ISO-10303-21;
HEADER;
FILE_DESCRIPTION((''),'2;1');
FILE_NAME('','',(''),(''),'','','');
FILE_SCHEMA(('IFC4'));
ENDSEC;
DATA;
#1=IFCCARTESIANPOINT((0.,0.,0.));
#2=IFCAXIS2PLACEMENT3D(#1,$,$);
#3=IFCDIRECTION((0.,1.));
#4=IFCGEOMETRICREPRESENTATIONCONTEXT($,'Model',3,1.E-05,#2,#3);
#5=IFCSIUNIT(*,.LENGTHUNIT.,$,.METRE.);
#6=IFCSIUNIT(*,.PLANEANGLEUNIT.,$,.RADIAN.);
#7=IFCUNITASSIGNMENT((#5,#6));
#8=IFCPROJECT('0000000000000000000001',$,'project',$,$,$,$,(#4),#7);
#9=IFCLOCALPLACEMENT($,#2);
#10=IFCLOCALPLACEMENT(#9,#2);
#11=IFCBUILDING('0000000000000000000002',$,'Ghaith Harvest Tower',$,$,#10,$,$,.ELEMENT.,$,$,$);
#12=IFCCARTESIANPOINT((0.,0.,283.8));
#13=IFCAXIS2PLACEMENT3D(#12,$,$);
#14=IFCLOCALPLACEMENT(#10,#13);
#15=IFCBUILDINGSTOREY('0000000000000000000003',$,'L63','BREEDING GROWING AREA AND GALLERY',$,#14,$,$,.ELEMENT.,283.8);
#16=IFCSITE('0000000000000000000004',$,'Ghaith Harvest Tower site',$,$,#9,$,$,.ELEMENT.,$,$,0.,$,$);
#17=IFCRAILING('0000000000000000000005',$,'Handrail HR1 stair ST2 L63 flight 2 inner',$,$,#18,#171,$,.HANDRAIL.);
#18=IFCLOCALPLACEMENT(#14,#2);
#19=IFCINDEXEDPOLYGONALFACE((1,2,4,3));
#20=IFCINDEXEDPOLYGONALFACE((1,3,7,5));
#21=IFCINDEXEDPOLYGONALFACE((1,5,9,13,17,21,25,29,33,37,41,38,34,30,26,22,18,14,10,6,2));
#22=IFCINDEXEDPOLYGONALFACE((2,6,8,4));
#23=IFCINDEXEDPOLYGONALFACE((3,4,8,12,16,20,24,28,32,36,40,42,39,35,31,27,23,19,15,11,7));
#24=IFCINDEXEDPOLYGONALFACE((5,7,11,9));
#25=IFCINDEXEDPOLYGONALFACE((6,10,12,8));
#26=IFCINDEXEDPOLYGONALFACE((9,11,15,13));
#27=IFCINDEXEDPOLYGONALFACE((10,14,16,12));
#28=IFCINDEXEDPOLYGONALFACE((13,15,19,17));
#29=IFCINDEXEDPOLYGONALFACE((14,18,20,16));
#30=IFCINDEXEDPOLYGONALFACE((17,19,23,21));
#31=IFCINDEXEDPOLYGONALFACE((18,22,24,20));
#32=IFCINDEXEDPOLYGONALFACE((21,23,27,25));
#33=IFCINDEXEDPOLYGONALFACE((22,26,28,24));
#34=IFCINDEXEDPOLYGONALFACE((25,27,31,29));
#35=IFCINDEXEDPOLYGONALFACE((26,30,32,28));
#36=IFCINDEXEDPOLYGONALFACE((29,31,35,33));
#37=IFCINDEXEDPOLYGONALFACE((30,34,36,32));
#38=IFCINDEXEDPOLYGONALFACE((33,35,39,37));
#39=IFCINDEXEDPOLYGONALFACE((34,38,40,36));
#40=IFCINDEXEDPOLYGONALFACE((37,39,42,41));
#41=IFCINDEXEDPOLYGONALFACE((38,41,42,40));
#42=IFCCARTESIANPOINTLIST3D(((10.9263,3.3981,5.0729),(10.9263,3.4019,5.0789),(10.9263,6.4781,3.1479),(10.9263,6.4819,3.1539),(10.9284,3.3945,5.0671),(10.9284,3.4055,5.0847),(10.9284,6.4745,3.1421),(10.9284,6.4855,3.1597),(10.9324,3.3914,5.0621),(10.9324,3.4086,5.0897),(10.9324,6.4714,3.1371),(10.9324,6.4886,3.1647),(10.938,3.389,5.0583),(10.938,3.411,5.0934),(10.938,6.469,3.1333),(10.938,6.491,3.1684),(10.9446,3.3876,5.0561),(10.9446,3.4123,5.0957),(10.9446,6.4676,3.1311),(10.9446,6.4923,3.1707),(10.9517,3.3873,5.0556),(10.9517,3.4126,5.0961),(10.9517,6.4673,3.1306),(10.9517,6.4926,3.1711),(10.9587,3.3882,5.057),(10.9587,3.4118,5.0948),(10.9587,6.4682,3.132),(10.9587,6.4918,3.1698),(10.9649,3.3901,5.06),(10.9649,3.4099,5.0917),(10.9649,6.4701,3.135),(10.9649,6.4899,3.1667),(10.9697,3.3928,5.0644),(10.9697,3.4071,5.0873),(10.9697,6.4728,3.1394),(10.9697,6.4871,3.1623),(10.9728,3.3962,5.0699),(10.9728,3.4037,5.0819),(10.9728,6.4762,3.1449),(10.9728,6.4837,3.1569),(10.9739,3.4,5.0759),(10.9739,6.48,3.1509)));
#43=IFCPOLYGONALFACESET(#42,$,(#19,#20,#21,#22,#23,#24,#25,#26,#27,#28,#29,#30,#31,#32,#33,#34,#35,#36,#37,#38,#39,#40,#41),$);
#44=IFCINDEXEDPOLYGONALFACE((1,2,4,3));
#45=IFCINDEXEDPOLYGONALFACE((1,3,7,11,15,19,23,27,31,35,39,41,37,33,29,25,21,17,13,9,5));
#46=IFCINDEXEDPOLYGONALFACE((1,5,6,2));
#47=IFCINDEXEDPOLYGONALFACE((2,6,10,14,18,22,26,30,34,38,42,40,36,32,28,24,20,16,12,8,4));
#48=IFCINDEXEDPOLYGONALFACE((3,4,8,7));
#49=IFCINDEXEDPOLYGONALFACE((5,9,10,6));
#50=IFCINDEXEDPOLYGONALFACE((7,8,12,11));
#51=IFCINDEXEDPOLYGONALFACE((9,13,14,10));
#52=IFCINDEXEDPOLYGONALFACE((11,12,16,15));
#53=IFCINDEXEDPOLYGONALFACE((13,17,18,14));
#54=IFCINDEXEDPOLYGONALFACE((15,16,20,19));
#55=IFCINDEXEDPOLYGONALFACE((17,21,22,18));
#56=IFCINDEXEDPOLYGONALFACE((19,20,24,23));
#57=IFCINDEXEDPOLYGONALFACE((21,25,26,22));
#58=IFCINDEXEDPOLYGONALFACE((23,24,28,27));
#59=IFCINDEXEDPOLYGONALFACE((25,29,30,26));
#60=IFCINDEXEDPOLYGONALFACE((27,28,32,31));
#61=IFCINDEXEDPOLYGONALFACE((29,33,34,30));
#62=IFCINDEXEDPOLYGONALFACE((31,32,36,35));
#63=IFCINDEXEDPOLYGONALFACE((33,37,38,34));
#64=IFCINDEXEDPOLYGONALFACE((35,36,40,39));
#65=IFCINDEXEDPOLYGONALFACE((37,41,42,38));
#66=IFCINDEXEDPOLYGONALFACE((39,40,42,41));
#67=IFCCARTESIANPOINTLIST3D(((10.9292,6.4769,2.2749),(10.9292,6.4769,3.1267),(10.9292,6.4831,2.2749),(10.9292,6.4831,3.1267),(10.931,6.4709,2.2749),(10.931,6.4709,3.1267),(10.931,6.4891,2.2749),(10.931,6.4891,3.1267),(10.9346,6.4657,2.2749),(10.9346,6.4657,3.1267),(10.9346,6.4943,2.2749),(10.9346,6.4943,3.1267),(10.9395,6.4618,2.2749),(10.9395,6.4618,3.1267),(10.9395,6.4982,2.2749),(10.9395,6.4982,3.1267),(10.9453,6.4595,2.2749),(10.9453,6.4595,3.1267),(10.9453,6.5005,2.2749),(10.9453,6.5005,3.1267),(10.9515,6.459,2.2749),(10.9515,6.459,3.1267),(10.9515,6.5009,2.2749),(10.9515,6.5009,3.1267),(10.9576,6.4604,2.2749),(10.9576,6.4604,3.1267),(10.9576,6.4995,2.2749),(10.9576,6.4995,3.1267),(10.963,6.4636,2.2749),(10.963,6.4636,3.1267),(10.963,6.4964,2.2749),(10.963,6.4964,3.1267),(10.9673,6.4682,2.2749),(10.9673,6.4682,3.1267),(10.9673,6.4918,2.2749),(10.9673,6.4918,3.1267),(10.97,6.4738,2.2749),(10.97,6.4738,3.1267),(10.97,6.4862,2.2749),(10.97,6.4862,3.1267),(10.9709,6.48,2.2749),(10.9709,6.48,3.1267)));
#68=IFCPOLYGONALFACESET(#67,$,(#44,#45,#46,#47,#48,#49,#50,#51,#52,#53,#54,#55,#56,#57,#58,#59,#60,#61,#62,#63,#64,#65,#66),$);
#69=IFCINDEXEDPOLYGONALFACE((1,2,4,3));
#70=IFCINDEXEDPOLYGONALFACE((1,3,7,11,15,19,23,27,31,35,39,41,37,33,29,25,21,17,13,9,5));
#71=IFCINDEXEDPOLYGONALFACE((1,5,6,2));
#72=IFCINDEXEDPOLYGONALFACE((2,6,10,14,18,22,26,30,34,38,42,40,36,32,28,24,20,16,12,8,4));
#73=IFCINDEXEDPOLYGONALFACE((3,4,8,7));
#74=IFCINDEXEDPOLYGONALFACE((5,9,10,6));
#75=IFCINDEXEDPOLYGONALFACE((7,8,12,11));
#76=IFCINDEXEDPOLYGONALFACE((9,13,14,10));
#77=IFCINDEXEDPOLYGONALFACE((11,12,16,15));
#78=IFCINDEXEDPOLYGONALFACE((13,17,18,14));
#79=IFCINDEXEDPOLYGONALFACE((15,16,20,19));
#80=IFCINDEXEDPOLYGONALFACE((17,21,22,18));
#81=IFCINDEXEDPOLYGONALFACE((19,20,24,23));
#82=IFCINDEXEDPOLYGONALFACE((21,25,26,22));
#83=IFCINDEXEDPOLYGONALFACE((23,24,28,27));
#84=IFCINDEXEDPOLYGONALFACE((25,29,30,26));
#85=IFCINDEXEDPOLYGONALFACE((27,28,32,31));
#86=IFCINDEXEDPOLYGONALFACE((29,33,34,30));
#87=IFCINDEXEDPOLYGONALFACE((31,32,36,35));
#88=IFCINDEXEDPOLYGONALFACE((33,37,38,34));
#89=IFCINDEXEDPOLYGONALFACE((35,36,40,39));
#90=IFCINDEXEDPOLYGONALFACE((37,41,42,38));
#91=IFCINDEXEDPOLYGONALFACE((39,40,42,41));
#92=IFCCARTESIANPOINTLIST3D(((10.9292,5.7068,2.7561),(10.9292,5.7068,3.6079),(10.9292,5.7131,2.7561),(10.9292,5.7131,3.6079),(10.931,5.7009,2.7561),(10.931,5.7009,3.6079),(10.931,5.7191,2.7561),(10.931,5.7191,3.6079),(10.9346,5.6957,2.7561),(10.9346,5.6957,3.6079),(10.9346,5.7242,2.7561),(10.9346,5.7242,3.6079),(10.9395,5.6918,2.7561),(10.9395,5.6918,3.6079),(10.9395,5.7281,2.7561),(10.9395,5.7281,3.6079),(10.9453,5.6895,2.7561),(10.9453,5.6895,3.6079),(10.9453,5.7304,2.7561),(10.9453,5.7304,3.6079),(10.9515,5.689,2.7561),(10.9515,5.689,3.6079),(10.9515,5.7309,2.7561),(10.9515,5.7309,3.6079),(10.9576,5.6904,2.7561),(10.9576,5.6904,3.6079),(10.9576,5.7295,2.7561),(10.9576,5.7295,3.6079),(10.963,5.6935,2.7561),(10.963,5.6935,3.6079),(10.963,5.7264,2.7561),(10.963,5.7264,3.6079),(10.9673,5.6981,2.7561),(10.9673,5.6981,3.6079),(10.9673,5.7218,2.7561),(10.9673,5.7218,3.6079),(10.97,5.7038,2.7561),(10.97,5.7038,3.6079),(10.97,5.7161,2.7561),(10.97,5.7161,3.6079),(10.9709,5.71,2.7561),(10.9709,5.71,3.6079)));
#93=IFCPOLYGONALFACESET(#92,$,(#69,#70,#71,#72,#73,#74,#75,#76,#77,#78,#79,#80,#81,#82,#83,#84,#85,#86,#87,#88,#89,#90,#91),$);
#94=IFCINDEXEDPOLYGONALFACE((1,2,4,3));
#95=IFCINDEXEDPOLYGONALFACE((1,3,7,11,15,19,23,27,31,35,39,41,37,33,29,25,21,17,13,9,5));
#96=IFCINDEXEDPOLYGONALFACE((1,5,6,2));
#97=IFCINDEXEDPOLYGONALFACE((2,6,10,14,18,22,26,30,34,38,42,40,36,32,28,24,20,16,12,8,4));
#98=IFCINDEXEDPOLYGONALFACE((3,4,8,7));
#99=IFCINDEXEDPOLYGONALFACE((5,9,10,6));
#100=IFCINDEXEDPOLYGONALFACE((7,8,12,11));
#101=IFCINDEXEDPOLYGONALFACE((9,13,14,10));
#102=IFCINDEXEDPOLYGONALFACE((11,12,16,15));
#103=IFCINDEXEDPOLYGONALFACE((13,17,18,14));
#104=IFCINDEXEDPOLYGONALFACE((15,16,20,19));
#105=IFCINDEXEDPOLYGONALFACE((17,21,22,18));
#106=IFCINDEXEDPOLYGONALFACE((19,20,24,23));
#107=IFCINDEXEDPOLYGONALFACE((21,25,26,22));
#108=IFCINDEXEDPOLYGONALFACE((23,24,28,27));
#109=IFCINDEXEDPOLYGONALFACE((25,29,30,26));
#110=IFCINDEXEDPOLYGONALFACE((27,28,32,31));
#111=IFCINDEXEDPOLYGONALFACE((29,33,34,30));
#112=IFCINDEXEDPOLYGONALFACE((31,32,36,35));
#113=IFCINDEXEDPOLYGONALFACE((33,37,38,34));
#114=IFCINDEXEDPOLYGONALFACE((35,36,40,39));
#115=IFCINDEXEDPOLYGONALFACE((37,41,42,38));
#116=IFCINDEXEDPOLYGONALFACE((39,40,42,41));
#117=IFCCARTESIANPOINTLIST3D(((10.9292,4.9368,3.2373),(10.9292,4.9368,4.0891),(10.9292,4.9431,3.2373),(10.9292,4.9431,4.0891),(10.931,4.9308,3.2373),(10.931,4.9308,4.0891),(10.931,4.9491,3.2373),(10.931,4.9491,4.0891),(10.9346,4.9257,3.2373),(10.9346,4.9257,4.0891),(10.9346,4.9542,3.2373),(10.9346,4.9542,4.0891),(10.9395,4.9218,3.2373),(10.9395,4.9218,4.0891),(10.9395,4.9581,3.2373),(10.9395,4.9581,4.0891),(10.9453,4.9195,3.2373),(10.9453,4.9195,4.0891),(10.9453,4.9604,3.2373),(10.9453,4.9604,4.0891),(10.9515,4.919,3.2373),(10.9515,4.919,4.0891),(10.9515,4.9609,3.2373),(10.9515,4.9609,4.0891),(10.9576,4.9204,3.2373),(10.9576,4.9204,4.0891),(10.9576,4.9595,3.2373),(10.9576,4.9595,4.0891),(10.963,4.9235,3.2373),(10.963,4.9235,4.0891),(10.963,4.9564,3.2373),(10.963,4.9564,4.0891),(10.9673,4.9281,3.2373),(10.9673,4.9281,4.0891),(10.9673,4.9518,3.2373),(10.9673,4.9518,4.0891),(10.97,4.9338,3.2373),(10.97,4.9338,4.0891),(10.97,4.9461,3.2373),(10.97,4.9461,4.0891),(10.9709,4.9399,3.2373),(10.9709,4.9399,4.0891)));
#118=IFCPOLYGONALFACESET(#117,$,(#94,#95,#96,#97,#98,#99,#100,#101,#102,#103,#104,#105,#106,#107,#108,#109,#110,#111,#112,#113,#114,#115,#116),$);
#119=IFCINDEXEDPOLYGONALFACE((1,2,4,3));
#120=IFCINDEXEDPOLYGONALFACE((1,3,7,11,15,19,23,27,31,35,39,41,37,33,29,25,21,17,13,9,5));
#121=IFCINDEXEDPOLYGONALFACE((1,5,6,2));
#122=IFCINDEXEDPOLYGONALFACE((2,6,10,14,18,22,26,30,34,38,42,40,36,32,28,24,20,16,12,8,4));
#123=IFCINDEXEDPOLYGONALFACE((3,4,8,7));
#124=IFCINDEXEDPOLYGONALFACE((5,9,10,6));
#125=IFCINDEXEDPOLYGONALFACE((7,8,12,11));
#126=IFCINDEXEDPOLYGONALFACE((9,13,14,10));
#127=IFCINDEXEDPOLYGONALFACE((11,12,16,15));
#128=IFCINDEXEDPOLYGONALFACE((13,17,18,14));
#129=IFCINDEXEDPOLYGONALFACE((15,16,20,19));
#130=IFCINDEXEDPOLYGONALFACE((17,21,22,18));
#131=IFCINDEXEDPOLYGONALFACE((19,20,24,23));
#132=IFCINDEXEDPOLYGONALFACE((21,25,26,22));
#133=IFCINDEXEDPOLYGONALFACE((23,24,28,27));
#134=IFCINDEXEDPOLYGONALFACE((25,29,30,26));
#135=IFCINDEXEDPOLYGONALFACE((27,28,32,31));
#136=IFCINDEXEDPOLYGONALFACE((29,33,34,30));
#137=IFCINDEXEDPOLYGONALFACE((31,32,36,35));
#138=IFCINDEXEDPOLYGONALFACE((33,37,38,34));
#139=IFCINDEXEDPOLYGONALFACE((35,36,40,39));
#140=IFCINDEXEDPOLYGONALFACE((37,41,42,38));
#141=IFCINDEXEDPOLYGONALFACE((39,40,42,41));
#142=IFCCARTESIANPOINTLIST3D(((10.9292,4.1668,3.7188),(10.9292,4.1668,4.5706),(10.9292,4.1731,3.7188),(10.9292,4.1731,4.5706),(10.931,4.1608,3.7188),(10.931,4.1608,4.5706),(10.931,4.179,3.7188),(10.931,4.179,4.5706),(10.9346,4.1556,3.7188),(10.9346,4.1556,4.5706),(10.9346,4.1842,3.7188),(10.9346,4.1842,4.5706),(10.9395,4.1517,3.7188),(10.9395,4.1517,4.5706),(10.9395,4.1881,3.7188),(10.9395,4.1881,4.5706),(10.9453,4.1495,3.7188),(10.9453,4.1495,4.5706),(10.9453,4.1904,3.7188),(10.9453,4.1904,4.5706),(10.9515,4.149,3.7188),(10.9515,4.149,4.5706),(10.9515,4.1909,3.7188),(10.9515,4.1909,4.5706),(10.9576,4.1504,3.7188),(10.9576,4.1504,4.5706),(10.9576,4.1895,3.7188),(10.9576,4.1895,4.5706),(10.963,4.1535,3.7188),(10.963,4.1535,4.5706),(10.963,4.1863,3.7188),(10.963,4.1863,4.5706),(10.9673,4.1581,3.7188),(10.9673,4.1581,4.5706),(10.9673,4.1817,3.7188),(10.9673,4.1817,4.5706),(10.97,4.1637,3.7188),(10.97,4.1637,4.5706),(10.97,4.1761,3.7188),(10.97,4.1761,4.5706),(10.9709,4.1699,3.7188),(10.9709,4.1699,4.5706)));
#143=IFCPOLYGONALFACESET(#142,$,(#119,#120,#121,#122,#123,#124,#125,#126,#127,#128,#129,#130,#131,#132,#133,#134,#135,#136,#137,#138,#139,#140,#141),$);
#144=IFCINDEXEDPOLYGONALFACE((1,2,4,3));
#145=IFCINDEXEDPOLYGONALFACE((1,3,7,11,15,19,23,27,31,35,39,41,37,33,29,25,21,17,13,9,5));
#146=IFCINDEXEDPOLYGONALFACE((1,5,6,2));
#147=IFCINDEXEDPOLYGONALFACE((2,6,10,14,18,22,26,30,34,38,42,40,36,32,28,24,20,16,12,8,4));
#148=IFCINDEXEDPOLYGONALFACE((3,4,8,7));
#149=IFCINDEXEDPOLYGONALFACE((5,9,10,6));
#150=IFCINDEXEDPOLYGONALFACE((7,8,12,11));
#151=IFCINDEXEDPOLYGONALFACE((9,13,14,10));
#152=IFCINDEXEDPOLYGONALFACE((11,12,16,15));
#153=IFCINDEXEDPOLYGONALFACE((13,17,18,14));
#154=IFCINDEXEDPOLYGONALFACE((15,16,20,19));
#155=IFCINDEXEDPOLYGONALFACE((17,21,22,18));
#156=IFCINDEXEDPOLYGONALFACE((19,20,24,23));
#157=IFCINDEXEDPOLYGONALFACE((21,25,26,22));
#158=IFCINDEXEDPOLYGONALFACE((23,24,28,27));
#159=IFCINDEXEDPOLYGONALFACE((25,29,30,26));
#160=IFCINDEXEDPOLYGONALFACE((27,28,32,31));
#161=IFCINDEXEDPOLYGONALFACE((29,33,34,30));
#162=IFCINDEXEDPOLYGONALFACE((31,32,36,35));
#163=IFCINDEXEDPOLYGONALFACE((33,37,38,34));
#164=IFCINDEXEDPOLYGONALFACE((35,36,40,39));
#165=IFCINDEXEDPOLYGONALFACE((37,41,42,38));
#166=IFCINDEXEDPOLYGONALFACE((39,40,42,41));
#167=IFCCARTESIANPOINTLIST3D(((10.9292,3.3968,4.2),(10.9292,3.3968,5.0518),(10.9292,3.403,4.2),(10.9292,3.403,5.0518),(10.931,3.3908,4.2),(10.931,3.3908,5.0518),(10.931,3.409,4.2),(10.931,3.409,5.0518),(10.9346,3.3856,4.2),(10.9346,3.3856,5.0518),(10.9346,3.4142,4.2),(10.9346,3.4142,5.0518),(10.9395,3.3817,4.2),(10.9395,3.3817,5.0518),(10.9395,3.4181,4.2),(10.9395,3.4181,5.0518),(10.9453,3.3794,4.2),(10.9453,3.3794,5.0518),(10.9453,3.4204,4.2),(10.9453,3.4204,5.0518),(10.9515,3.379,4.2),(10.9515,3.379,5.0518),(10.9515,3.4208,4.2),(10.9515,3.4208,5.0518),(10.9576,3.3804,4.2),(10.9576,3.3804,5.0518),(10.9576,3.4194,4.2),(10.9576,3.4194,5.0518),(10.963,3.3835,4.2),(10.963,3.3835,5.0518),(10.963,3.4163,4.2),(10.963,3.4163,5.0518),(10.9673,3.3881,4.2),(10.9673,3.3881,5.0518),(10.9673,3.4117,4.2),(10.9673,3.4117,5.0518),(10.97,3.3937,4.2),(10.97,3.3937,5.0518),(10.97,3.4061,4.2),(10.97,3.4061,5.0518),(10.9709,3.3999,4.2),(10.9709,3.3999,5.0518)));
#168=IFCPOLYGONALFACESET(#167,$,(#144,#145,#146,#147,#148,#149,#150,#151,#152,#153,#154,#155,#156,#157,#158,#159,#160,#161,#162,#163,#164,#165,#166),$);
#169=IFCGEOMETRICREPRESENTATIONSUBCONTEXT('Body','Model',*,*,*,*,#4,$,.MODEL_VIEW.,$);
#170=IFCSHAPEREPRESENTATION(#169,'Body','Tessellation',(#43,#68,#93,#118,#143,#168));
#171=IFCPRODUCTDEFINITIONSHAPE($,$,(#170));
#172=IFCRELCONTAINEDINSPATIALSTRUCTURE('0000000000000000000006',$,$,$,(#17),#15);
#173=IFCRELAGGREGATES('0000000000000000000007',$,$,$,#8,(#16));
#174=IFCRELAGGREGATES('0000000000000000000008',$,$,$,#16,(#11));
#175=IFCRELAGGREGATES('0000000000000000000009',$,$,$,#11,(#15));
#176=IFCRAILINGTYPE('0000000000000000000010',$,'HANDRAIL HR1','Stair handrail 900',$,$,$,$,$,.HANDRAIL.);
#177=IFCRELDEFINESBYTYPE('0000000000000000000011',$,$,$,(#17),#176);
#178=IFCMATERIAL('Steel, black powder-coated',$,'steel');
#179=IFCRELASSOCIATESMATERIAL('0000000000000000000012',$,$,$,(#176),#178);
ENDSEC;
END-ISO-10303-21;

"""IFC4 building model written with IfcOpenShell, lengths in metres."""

from ifc_helpers import new_model, si_unit, direction, frame, origin, origin_2d, place, context, subcontext, project, spatial, circle, extrude, material, type_object, element, save


model = new_model("IFC4")

# Units and contexts
model_context = context("Model", 3, precision=1e-05, world=origin(), true_north=direction((0.0, 1.0)))
body_context = subcontext(model_context, "Body", "Model", "MODEL_VIEW")
ifc_project = project(units=[si_unit("LENGTHUNIT", "METRE"), si_unit("PLANEANGLEUNIT", "RADIAN")], contexts=[model_context])

# Site, building, storey
site_placement = place(None, origin())
site = spatial("IfcSite", under=ifc_project, at=site_placement, Name="Ghaith Harvest Tower site", CompositionType="ELEMENT", RefElevation=0.0)
building_placement = place(site_placement, origin())
building = spatial("IfcBuilding", under=site, at=building_placement, Name="Ghaith Harvest Tower", CompositionType="ELEMENT")
storey_placement = place(building_placement, frame((0.0, 0.0, 283.8)))
storey = spatial("IfcBuildingStorey", under=building, at=storey_placement, Name="L63", Description="BREEDING GROWING AREA AND GALLERY", CompositionType="ELEMENT", Elevation=283.8)

# Railing
ifc_material_1 = material(Name="Steel, black powder-coated", Category="steel")
railing_type = type_object("IfcRailingType", Name="HANDRAIL HR1", Description="Stair handrail 900", PredefinedType="HANDRAIL", material=ifc_material_1)
railing_1_placement = place(storey_placement, frame((10.95, 6.48, 2.2749)))
element("IfcRailing", 1, at=railing_1_placement, inside=storey, type_object=railing_type, Name="Handrail HR1 stair ST2 L63 flight 2 inner", PredefinedType="HANDRAIL", context=body_context, shape_type="SweptSolid", body=[
    extrude(circle(Radius=0.0239, at=origin_2d()), frame((0.0, 0.0, 0.876), z_axis=(0.0, -0.847998, 0.529999), x_axis=(1.0, 0.0, 0.0)), (0.0, 0.0, 1.0), 3.6321),
    extrude(circle(Radius=0.021, at=origin_2d()), origin(), (0.0, 0.0, 1.0), 0.8518),
    extrude(circle(Radius=0.021, at=origin_2d()), frame((0.0, -0.77, 0.4812)), (0.0, 0.0, 1.0), 0.8518),
    extrude(circle(Radius=0.021, at=origin_2d()), frame((0.0, -1.54, 0.9624)), (0.0, 0.0, 1.0), 0.8518),
    extrude(circle(Radius=0.021, at=origin_2d()), frame((0.0, -2.3101, 1.4438)), (0.0, 0.0, 1.0), 0.8518),
    extrude(circle(Radius=0.021, at=origin_2d()), frame((0.0, -3.0801, 1.925)), (0.0, 0.0, 1.0), 0.8518),
])

save(model, "model.ifc")
